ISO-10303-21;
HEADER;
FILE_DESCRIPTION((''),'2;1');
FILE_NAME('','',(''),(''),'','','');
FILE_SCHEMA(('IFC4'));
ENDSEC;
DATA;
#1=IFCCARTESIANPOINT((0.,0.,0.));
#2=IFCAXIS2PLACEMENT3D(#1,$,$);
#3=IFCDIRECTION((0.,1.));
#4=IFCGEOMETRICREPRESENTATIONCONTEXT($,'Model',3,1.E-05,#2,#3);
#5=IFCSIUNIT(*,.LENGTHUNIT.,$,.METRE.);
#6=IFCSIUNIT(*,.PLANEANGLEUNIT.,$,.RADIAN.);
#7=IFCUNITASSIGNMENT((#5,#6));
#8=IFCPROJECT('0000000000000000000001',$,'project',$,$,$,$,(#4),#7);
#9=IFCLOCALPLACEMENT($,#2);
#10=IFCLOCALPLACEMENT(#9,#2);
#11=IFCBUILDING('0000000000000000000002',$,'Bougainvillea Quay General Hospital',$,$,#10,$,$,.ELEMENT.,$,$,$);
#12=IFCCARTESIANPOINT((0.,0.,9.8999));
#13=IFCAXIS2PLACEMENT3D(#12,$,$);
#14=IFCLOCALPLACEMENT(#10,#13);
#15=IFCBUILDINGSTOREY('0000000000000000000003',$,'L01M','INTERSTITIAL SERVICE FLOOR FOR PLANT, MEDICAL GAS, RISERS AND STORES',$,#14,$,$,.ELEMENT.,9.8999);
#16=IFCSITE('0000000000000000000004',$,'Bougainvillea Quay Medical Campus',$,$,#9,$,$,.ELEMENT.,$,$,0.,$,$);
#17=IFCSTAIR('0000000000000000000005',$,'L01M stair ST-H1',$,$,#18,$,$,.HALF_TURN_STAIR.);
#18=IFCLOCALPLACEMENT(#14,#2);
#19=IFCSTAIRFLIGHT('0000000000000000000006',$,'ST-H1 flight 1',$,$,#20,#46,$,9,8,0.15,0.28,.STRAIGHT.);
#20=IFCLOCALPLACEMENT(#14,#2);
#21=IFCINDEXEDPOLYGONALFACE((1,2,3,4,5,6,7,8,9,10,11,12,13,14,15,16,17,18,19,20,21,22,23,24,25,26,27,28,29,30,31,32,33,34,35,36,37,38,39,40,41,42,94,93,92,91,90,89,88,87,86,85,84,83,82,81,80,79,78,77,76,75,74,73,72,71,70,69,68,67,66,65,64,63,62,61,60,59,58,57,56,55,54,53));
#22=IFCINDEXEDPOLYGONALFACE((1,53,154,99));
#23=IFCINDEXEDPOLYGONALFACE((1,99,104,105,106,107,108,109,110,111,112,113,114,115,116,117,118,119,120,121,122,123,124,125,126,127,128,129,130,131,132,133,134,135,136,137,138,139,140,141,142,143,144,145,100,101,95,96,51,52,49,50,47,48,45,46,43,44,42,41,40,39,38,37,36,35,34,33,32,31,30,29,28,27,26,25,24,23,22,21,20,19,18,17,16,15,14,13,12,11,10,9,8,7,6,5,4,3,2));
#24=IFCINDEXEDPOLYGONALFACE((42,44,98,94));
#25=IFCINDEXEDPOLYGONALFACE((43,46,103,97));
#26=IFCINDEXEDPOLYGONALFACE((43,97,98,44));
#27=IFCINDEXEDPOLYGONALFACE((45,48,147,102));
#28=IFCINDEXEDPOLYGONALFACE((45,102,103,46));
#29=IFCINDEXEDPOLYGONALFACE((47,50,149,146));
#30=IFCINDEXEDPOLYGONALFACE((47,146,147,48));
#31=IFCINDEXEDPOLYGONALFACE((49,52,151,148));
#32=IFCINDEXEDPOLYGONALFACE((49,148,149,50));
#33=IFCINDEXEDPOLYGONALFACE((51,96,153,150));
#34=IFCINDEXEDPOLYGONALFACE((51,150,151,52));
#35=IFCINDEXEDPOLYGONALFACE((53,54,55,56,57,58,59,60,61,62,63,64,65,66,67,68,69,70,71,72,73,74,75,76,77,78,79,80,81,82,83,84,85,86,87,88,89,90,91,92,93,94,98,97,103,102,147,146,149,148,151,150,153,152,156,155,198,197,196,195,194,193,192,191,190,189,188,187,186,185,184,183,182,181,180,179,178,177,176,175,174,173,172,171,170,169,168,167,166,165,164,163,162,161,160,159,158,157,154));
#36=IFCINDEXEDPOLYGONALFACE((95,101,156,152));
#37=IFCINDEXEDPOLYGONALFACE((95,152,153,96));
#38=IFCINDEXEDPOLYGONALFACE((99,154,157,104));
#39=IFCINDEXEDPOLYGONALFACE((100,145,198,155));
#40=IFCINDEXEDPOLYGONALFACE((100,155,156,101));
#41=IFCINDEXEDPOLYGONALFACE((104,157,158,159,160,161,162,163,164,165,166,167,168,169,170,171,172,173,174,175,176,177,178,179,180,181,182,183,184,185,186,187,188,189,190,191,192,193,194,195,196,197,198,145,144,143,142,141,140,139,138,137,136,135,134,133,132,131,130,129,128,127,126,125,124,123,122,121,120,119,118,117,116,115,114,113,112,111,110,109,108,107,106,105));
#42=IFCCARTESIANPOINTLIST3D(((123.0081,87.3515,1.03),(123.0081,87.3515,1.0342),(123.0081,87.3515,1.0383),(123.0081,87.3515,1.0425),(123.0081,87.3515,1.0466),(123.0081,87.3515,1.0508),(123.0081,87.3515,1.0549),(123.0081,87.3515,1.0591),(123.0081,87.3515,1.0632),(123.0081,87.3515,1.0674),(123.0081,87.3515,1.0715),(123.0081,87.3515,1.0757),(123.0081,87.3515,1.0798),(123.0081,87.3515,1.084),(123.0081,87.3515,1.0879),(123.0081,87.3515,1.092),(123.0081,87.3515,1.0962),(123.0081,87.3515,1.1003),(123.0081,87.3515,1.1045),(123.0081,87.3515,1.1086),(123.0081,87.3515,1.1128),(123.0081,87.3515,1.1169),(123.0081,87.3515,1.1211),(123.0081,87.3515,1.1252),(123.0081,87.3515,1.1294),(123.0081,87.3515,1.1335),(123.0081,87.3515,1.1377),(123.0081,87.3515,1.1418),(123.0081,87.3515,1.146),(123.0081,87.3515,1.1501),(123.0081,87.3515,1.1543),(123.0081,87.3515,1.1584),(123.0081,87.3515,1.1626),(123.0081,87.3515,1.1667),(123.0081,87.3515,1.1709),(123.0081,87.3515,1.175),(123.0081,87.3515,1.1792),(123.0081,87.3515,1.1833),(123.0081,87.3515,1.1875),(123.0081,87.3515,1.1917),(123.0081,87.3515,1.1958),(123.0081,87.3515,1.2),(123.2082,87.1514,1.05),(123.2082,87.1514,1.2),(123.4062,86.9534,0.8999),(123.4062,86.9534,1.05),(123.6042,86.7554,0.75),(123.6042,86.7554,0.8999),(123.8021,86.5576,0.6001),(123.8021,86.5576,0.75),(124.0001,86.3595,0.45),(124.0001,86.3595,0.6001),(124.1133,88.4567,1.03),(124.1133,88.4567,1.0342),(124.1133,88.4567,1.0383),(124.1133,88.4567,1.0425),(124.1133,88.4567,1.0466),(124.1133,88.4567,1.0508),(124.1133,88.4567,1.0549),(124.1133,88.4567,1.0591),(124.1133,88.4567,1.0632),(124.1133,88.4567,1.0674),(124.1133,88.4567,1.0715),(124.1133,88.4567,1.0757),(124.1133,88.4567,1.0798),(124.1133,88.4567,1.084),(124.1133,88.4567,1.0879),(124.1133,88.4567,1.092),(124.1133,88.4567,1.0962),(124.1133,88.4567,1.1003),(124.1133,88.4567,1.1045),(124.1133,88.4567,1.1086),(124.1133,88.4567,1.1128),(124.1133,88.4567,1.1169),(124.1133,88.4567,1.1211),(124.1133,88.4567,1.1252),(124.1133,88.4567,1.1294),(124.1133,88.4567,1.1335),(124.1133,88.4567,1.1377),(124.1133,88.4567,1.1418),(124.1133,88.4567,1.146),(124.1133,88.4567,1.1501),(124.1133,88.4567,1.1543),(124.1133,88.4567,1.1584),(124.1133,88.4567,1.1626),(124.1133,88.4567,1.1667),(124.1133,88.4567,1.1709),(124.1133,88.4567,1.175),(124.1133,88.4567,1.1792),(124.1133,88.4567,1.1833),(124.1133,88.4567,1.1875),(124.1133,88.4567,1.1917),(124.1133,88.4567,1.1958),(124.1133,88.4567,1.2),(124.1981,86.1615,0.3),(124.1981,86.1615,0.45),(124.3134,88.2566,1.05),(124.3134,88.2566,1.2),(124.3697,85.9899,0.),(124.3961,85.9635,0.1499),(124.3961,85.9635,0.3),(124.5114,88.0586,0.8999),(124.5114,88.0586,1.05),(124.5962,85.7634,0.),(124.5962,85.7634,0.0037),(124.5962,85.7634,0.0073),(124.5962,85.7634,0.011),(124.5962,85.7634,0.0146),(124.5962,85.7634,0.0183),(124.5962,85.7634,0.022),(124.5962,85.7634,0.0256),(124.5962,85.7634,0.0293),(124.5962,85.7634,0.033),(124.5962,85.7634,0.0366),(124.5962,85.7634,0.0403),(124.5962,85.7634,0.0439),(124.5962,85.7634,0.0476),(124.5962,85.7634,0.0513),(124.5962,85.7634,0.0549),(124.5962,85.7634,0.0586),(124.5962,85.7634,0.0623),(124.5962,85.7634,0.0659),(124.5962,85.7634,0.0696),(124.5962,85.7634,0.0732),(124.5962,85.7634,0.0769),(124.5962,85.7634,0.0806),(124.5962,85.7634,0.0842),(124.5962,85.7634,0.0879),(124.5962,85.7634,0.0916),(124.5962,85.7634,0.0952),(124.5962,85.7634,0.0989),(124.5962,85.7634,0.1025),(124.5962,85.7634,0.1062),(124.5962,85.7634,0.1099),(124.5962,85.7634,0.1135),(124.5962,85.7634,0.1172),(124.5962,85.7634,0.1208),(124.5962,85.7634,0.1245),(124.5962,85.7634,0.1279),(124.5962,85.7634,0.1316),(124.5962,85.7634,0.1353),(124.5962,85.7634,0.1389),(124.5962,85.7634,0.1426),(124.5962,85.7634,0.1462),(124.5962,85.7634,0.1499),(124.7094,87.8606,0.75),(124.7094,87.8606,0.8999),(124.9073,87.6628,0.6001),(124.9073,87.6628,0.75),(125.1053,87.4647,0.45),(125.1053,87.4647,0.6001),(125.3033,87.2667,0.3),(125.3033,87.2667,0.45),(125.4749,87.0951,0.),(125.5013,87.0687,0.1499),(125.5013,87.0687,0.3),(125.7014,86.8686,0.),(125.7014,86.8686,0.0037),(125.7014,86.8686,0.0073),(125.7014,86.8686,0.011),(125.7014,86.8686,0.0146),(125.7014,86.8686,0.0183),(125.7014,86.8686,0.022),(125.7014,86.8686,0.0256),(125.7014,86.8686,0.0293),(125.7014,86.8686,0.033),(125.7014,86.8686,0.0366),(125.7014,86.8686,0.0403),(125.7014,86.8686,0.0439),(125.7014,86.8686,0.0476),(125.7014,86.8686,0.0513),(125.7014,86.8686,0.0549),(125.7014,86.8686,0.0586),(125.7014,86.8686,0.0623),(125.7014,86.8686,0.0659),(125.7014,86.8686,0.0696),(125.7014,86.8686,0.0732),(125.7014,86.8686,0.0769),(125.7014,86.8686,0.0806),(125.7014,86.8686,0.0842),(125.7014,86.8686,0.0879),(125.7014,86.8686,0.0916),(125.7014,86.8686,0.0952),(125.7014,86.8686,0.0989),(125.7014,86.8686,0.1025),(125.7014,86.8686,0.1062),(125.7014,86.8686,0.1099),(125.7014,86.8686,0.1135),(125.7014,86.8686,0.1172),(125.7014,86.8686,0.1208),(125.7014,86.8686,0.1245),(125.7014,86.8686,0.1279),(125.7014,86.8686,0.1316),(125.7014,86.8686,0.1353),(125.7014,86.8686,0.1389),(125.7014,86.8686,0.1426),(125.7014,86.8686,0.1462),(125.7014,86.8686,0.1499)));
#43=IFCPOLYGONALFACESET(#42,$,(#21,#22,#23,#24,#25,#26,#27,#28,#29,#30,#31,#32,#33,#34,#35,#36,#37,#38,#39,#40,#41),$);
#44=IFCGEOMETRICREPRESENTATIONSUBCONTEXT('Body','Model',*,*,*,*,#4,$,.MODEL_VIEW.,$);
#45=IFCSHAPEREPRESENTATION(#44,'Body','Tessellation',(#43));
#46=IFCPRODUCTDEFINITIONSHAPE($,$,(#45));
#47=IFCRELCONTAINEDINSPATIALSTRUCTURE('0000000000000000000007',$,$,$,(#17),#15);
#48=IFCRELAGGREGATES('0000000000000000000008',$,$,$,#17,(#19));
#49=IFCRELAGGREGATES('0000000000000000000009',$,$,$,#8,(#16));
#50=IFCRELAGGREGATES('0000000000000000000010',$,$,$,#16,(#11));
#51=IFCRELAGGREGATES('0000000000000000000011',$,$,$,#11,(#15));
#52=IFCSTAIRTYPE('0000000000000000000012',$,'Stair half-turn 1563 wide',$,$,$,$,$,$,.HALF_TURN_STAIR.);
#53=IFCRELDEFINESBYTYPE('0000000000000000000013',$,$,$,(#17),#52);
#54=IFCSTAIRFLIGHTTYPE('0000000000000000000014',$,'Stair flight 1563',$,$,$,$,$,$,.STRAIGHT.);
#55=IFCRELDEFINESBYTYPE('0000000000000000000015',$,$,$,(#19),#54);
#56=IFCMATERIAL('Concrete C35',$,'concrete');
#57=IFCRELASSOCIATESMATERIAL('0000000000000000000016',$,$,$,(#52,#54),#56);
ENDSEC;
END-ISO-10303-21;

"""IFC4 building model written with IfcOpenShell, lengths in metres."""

from ifc_helpers import new_model, si_unit, direction, frame, origin, place, context, subcontext, project, spatial, polyline, outline, extrude, material, type_object, element, aggregate, save


model = new_model("IFC4")

# Units and contexts
model_context = context("Model", 3, precision=1e-05, world=origin(), true_north=direction((0.0, 1.0)))
body_context = subcontext(model_context, "Body", "Model", "MODEL_VIEW")
ifc_project = project(units=[si_unit("LENGTHUNIT", "METRE"), si_unit("PLANEANGLEUNIT", "RADIAN")], contexts=[model_context])

# Site, building, storey
site_placement = place(None, origin())
site = spatial("IfcSite", under=ifc_project, at=site_placement, Name="Bougainvillea Quay Medical Campus", CompositionType="ELEMENT", RefElevation=0.0)
building_placement = place(site_placement, origin())
building = spatial("IfcBuilding", under=site, at=building_placement, Name="Bougainvillea Quay General Hospital", CompositionType="ELEMENT")
storey_placement = place(building_placement, frame((0.0, 0.0, 9.8999)))
storey = spatial("IfcBuildingStorey", under=building, at=storey_placement, Name="L01M", Description="INTERSTITIAL SERVICE FLOOR FOR PLANT, MEDICAL GAS, RISERS AND STORES", CompositionType="ELEMENT", Elevation=9.8999)

# Stair, stair flight
ifc_material_1 = material(Name="Concrete C35", Category="concrete")
stair_type = type_object("IfcStairType", Name="Stair half-turn 1563 wide", PredefinedType="HALF_TURN_STAIR", material=ifc_material_1)
stair_placement = place(storey_placement, origin())
stair = element("IfcStair", 1, at=stair_placement, inside=storey, type_object=stair_type, Name="L01M stair ST-H1", PredefinedType="HALF_TURN_STAIR")
stair_flight_type = type_object("IfcStairFlightType", Name="Stair flight 1563", PredefinedType="STRAIGHT", material=ifc_material_1)
stair_flight_1_placement = place(storey_placement, frame((125.1467, 86.3181, 0.0), z_axis=(0.0, 0.0, 1.0), x_axis=(-0.707107, 0.707107, 0.0)))
stair_flight_1 = element("IfcStairFlight", 2, at=stair_flight_1_placement, type_object=stair_flight_type, Name="ST-H1 flight 1", NumberOfRisers=9, NumberOfTreads=8, PredefinedType="STRAIGHT", RiserHeight=0.15, TreadLength=0.28, context=body_context, shape_type="SweptSolid", body=[
    extrude(outline(polyline([(-0.0029, 0.0), (-0.0029, 0.0037), (-0.0029, 0.0073), (-0.0029, 0.011), (-0.0029, 0.0146), (-0.0029, 0.0183), (-0.0029, 0.022), (-0.0029, 0.0256), (-0.0029, 0.0293), (-0.0029, 0.033), (-0.0029, 0.0366), (-0.0029, 0.0403), (-0.0029, 0.0439), (-0.0029, 0.0476), (-0.0029, 0.0513), (-0.0029, 0.0549), (-0.0029, 0.0586), (-0.0029, 0.0623), (-0.0029, 0.0659), (-0.0029, 0.0696), (-0.0029, 0.0732), (-0.0029, 0.0769), (-0.0029, 0.0806), (-0.0029, 0.0842), (-0.0029, 0.0879), (-0.0029, 0.0916), (-0.0029, 0.0952), (-0.0029, 0.0989), (-0.0029, 0.1025), (-0.0029, 0.1062), (-0.0029, 0.1099), (-0.0029, 0.1135), (-0.0029, 0.1172), (-0.0029, 0.1208), (-0.0029, 0.1245), (-0.0029, 0.1279), (-0.0029, 0.1316), (-0.0029, 0.1353), (-0.0029, 0.1389), (-0.0029, 0.1426), (-0.0029, 0.1462), (-0.0029, 0.1499), (0.28, 0.1499), (0.28, 0.3), (0.5601, 0.3), (0.5601, 0.45), (0.8401, 0.45), (0.8401, 0.6001), (1.1201, 0.6001), (1.1201, 0.75), (1.3999, 0.75), (1.3999, 0.8999), (1.6799, 0.8999), (1.6799, 1.05), (1.96, 1.05), (1.96, 1.2), (2.2429, 1.2), (2.2429, 1.1958), (2.2429, 1.1917), (2.2429, 1.1875), (2.2429, 1.1833), (2.2429, 1.1792), (2.2429, 1.175), (2.2429, 1.1709), (2.2429, 1.1667), (2.2429, 1.1626), (2.2429, 1.1584), (2.2429, 1.1543), (2.2429, 1.1501), (2.2429, 1.146), (2.2429, 1.1418), (2.2429, 1.1377), (2.2429, 1.1335), (2.2429, 1.1294), (2.2429, 1.1252), (2.2429, 1.1211), (2.2429, 1.1169), (2.2429, 1.1128), (2.2429, 1.1086), (2.2429, 1.1045), (2.2429, 1.1003), (2.2429, 1.0962), (2.2429, 1.092), (2.2429, 1.0879), (2.2429, 1.084), (2.2429, 1.0798), (2.2429, 1.0757), (2.2429, 1.0715), (2.2429, 1.0674), (2.2429, 1.0632), (2.2429, 1.0591), (2.2429, 1.0549), (2.2429, 1.0508), (2.2429, 1.0466), (2.2429, 1.0425), (2.2429, 1.0383), (2.2429, 1.0342), (2.2429, 1.03), (0.3174, 0.0), (-0.0029, 0.0)])), frame((0.0, 0.7815, 0.0), z_axis=(0.0, -1.0, 0.0), x_axis=(1.0, 0.0, 0.0)), (0.0, 0.0, 1.0), 1.563),
])
aggregate(stair, [stair_flight_1])

save(model, "model.ifc")
